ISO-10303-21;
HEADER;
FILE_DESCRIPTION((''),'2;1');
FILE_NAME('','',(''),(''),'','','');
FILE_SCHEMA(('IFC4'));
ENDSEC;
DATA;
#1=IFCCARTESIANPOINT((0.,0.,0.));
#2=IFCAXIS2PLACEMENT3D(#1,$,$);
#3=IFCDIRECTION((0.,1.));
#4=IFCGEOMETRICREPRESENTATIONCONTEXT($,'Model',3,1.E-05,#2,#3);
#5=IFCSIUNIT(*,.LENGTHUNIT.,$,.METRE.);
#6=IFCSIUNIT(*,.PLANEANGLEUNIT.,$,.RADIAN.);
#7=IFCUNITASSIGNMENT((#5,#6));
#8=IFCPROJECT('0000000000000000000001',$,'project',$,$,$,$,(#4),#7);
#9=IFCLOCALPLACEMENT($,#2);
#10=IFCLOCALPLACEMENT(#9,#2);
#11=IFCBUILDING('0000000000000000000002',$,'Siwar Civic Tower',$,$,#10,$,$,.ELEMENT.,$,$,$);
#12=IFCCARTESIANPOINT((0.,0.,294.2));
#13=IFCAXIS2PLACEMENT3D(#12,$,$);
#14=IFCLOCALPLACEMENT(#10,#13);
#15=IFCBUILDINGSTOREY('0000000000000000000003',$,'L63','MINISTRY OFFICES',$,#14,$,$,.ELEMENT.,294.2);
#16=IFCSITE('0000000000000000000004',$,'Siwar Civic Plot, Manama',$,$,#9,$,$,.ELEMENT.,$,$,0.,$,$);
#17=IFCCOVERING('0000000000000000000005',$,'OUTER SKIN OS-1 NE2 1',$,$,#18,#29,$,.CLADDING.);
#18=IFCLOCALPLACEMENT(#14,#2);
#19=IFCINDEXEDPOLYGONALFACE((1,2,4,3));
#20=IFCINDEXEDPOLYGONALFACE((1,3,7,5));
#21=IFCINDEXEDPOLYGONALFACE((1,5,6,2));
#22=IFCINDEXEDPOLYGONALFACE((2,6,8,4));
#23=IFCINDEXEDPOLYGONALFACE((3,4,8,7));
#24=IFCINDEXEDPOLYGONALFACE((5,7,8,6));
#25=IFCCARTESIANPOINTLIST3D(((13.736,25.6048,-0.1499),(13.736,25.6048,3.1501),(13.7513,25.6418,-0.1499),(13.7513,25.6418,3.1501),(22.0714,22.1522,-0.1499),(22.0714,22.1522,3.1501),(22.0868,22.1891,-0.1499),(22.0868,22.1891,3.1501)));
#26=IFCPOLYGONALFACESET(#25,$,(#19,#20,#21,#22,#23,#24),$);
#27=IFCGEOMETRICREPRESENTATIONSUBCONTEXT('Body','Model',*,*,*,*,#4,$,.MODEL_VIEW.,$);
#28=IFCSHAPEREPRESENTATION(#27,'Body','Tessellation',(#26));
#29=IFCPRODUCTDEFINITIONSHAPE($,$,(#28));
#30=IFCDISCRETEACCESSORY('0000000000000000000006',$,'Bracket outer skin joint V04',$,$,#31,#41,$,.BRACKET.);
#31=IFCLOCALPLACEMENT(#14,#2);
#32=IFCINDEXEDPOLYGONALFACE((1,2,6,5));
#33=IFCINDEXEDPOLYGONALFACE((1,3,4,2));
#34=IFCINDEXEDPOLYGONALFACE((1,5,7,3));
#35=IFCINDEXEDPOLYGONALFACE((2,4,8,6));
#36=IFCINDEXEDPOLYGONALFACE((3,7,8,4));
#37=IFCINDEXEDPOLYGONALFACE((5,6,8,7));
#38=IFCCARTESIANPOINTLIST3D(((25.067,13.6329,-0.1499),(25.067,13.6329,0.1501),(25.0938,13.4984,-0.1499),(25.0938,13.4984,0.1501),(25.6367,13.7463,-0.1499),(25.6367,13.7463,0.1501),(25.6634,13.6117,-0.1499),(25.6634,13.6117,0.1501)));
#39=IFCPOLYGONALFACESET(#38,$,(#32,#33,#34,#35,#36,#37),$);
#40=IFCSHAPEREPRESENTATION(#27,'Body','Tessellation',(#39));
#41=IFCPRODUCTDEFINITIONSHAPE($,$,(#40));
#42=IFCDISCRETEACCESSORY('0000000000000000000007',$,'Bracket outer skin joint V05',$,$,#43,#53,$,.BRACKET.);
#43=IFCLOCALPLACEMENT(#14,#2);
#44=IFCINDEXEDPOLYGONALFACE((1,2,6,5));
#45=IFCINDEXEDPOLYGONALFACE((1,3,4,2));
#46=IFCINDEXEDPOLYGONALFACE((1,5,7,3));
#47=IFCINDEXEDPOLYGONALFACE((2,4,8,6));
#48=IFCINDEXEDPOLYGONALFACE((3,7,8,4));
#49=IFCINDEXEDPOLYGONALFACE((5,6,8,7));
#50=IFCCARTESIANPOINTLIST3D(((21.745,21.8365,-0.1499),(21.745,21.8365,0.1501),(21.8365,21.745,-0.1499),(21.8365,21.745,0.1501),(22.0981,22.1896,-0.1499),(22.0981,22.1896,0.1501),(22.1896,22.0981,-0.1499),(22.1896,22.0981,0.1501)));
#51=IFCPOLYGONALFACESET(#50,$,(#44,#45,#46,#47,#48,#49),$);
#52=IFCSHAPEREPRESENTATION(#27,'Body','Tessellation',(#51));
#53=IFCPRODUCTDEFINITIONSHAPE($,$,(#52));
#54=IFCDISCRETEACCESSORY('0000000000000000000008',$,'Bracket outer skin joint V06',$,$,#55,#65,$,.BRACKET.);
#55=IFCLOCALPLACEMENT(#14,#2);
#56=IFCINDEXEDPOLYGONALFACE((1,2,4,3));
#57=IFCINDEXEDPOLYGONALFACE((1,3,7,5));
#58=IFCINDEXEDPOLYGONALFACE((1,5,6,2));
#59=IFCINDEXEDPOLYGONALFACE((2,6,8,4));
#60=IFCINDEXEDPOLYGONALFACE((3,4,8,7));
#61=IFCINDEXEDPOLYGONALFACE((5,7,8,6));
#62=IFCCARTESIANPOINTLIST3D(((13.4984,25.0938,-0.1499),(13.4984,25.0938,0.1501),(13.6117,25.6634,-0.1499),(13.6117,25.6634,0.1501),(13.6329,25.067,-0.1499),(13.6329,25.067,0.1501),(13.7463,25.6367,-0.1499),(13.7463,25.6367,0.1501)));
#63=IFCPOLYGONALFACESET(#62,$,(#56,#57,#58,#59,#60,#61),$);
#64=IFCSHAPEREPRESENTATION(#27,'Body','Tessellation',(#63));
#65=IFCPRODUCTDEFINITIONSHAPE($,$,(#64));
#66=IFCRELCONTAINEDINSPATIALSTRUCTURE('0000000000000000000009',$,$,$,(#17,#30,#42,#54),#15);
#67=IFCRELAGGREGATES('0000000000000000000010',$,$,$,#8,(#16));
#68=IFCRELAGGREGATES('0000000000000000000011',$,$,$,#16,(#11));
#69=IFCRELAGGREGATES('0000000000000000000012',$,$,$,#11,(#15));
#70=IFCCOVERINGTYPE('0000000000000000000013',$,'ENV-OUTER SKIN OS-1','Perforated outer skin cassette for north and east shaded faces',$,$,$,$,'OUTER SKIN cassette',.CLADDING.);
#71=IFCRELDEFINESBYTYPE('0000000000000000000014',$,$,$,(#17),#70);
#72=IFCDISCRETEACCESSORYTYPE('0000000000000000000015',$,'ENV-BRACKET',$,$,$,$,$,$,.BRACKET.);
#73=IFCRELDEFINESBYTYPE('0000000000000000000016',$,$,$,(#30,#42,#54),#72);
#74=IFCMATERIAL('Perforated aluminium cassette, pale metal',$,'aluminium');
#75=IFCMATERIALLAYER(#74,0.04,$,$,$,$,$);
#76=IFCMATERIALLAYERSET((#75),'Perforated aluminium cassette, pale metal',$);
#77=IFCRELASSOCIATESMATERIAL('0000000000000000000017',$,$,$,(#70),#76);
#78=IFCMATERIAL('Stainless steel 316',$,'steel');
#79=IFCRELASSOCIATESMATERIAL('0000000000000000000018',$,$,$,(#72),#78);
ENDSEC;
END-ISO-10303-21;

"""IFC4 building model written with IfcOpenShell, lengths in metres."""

from ifc_helpers import new_model, si_unit, direction, frame, origin, origin_2d, place, context, subcontext, project, spatial, rectangle, extrude, material, layer, layer_set, type_object, element, save


model = new_model("IFC4")

# Units and contexts
model_context = context("Model", 3, precision=1e-05, world=origin(), true_north=direction((0.0, 1.0)))
body_context = subcontext(model_context, "Body", "Model", "MODEL_VIEW")
ifc_project = project(units=[si_unit("LENGTHUNIT", "METRE"), si_unit("PLANEANGLEUNIT", "RADIAN")], contexts=[model_context])

# Site, building, storey
site_placement = place(None, origin())
site = spatial("IfcSite", under=ifc_project, at=site_placement, Name="Siwar Civic Plot, Manama", CompositionType="ELEMENT", RefElevation=0.0)
building_placement = place(site_placement, origin())
building = spatial("IfcBuilding", under=site, at=building_placement, Name="Siwar Civic Tower", CompositionType="ELEMENT")
storey_placement = place(building_placement, frame((0.0, 0.0, 294.2)))
storey = spatial("IfcBuildingStorey", under=building, at=storey_placement, Name="L63", Description="MINISTRY OFFICES", CompositionType="ELEMENT", Elevation=294.2)

# Covering
ifc_material_1 = material(Name="Perforated aluminium cassette, pale metal", Category="aluminium")
ifc_layer_1 = layer(ifc_material_1, 0.04)
ifc_layer_set_1 = layer_set([ifc_layer_1], Name="Perforated aluminium cassette, pale metal")
covering_type = type_object("IfcCoveringType", Name="ENV-OUTER SKIN OS-1", Description="Perforated outer skin cassette for north and east shaded faces", ElementType="OUTER SKIN cassette", PredefinedType="CLADDING", material=ifc_layer_set_1)
for number, where, z_axis, x_axis, name in (
    (1, (17.9114, 23.897, -0.1499), (0.0, 0.0, 1.0), (-0.92388, 0.382683, 0.0), "OUTER SKIN OS-1 NE2 1"),
):
    element("IfcCovering", number, at=place(storey_placement, frame(where, z_axis=z_axis, x_axis=x_axis)), inside=storey, type_object=covering_type, Name=name, PredefinedType="CLADDING", context=body_context, shape_type="SweptSolid", body=[
        extrude(rectangle(XDim=9.0222, YDim=0.04, at=origin_2d()), origin(), (0.0, 0.0, 1.0), 3.3),
    ])

# Discrete accessories
ifc_material_2 = material(Name="Stainless steel 316", Category="steel")
discrete_accessory_type = type_object("IfcDiscreteAccessoryType", Name="ENV-BRACKET", PredefinedType="BRACKET", material=ifc_material_2)
discrete_accessory_1_placement = place(storey_placement, frame((25.3652, 13.6223, -0.1499), z_axis=(0.0, 0.0, 1.0), x_axis=(0.980785, 0.19509, 0.0)))
element("IfcDiscreteAccessory", 2, at=discrete_accessory_1_placement, inside=storey, type_object=discrete_accessory_type, Name="Bracket outer skin joint V04", PredefinedType="BRACKET", context=body_context, shape_type="SweptSolid", body=[
    extrude(rectangle(XDim=0.5808, YDim=0.1372, at=origin_2d()), origin(), (0.0, 0.0, 1.0), 0.3),
])
discrete_accessory_2_placement = place(storey_placement, frame((21.9673, 21.9673, -0.1499), z_axis=(0.0, 0.0, 1.0), x_axis=(0.707107, 0.707107, 0.0)))
element("IfcDiscreteAccessory", 3, at=discrete_accessory_2_placement, inside=storey, type_object=discrete_accessory_type, Name="Bracket outer skin joint V05", PredefinedType="BRACKET", context=body_context, shape_type="SweptSolid", body=[
    extrude(rectangle(XDim=0.4993, YDim=0.1294, at=origin_2d()), origin(), (0.0, 0.0, 1.0), 0.3),
])
discrete_accessory_3_placement = place(storey_placement, frame((13.6223, 25.3652, -0.1499), z_axis=(0.0, 0.0, 1.0), x_axis=(0.19509, 0.980785, 0.0)))
element("IfcDiscreteAccessory", 4, at=discrete_accessory_3_placement, inside=storey, type_object=discrete_accessory_type, Name="Bracket outer skin joint V06", PredefinedType="BRACKET", context=body_context, shape_type="SweptSolid", body=[
    extrude(rectangle(XDim=0.5808, YDim=0.1372, at=origin_2d()), origin(), (0.0, 0.0, 1.0), 0.3),
])

save(model, "model.ifc")
